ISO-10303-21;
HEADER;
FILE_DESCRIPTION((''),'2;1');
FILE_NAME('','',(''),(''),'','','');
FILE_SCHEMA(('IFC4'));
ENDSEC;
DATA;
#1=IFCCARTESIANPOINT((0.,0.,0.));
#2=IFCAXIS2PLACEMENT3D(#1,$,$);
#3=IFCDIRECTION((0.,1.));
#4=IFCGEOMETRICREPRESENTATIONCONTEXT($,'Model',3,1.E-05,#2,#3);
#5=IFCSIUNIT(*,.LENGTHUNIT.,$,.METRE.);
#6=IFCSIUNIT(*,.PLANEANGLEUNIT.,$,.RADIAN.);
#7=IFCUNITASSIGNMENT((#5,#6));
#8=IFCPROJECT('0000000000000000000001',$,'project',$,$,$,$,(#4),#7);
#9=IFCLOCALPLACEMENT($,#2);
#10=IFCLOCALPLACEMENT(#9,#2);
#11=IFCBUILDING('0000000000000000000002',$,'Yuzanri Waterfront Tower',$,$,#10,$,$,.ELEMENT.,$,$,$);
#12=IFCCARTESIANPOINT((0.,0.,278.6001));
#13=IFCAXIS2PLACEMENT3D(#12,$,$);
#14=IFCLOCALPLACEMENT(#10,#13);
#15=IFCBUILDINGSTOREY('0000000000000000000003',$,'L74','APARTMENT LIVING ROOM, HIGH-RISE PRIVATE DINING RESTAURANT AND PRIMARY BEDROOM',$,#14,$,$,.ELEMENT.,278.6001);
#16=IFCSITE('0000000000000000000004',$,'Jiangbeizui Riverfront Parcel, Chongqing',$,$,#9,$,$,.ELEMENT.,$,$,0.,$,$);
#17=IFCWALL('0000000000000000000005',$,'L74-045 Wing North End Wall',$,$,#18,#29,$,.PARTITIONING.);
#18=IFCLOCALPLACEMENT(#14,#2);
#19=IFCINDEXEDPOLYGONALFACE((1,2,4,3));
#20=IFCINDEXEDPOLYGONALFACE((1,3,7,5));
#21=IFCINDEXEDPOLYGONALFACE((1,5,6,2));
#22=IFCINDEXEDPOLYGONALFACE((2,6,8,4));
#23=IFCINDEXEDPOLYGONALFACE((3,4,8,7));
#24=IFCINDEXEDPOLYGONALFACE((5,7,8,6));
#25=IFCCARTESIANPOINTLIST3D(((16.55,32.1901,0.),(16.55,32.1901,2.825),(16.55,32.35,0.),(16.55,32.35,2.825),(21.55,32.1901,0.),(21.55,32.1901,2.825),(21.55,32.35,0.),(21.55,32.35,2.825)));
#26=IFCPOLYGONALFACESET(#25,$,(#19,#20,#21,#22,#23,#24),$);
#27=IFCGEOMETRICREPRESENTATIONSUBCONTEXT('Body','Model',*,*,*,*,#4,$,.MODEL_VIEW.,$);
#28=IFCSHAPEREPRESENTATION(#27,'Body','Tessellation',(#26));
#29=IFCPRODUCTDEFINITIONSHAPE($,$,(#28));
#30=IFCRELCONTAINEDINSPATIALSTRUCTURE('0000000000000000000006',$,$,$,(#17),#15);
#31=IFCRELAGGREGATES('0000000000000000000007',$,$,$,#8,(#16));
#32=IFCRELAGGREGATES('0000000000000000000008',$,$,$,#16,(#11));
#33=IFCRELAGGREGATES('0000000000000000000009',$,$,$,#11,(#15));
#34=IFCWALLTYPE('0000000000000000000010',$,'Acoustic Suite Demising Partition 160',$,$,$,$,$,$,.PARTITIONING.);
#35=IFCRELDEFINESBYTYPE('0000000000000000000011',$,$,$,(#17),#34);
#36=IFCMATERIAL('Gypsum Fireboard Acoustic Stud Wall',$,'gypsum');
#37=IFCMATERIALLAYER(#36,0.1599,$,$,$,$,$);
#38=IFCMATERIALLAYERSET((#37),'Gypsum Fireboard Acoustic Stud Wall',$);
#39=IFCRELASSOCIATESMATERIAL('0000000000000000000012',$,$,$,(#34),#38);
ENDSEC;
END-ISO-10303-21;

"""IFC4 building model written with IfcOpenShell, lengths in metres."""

from ifc_helpers import new_model, si_unit, direction, frame, frame_2d, origin, place, context, subcontext, project, spatial, rectangle, extrude, source, transform, mapped, material, layer, layer_set, type_object, element, save


model = new_model("IFC4")

# Units and contexts
model_context = context("Model", 3, precision=1e-05, world=origin(), true_north=direction((0.0, 1.0)))
body_context = subcontext(model_context, "Body", "Model", "MODEL_VIEW")
ifc_project = project(units=[si_unit("LENGTHUNIT", "METRE"), si_unit("PLANEANGLEUNIT", "RADIAN")], contexts=[model_context])

# Site, building, storey
site_placement = place(None, origin())
site = spatial("IfcSite", under=ifc_project, at=site_placement, Name="Jiangbeizui Riverfront Parcel, Chongqing", CompositionType="ELEMENT", RefElevation=0.0)
building_placement = place(site_placement, origin())
building = spatial("IfcBuilding", under=site, at=building_placement, Name="Yuzanri Waterfront Tower", CompositionType="ELEMENT")
storey_placement = place(building_placement, frame((0.0, 0.0, 278.6001)))
storey = spatial("IfcBuildingStorey", under=building, at=storey_placement, Name="L74", Description="APARTMENT LIVING ROOM, HIGH-RISE PRIVATE DINING RESTAURANT AND PRIMARY BEDROOM", CompositionType="ELEMENT", Elevation=278.6001)

# Wall
ifc_material_1 = material(Name="Gypsum Fireboard Acoustic Stud Wall", Category="gypsum")
ifc_layer_1 = layer(ifc_material_1, 0.1599)
ifc_layer_set_1 = layer_set([ifc_layer_1], Name="Gypsum Fireboard Acoustic Stud Wall")
wall_type_1 = type_object("IfcWallType", Name="Acoustic Suite Demising Partition 160", PredefinedType="PARTITIONING", material=ifc_layer_set_1)
shared_shape_1 = source(origin(), body_context, "Body", "SweptSolid", [
    extrude(rectangle(XDim=5.0, YDim=0.1599, at=frame_2d((2.5, 0.0))), origin(), (0.0, 0.0, 1.0), 2.825),
])
wall_1_placement = place(storey_placement, frame((16.55, 32.27, 0.0), z_axis=(0.0, 0.0, 1.0), x_axis=(1.0, 0.0, 0.0)))
element("IfcWall", 1, at=wall_1_placement, inside=storey, type_object=wall_type_1, Name="L74-045 Wing North End Wall", PredefinedType="PARTITIONING", context=body_context, shape_type="MappedRepresentation", body=[
    mapped(shared_shape_1, transform((0.0, 0.0, 0.0), scale=1.0)),
])

save(model, "model.ifc")
